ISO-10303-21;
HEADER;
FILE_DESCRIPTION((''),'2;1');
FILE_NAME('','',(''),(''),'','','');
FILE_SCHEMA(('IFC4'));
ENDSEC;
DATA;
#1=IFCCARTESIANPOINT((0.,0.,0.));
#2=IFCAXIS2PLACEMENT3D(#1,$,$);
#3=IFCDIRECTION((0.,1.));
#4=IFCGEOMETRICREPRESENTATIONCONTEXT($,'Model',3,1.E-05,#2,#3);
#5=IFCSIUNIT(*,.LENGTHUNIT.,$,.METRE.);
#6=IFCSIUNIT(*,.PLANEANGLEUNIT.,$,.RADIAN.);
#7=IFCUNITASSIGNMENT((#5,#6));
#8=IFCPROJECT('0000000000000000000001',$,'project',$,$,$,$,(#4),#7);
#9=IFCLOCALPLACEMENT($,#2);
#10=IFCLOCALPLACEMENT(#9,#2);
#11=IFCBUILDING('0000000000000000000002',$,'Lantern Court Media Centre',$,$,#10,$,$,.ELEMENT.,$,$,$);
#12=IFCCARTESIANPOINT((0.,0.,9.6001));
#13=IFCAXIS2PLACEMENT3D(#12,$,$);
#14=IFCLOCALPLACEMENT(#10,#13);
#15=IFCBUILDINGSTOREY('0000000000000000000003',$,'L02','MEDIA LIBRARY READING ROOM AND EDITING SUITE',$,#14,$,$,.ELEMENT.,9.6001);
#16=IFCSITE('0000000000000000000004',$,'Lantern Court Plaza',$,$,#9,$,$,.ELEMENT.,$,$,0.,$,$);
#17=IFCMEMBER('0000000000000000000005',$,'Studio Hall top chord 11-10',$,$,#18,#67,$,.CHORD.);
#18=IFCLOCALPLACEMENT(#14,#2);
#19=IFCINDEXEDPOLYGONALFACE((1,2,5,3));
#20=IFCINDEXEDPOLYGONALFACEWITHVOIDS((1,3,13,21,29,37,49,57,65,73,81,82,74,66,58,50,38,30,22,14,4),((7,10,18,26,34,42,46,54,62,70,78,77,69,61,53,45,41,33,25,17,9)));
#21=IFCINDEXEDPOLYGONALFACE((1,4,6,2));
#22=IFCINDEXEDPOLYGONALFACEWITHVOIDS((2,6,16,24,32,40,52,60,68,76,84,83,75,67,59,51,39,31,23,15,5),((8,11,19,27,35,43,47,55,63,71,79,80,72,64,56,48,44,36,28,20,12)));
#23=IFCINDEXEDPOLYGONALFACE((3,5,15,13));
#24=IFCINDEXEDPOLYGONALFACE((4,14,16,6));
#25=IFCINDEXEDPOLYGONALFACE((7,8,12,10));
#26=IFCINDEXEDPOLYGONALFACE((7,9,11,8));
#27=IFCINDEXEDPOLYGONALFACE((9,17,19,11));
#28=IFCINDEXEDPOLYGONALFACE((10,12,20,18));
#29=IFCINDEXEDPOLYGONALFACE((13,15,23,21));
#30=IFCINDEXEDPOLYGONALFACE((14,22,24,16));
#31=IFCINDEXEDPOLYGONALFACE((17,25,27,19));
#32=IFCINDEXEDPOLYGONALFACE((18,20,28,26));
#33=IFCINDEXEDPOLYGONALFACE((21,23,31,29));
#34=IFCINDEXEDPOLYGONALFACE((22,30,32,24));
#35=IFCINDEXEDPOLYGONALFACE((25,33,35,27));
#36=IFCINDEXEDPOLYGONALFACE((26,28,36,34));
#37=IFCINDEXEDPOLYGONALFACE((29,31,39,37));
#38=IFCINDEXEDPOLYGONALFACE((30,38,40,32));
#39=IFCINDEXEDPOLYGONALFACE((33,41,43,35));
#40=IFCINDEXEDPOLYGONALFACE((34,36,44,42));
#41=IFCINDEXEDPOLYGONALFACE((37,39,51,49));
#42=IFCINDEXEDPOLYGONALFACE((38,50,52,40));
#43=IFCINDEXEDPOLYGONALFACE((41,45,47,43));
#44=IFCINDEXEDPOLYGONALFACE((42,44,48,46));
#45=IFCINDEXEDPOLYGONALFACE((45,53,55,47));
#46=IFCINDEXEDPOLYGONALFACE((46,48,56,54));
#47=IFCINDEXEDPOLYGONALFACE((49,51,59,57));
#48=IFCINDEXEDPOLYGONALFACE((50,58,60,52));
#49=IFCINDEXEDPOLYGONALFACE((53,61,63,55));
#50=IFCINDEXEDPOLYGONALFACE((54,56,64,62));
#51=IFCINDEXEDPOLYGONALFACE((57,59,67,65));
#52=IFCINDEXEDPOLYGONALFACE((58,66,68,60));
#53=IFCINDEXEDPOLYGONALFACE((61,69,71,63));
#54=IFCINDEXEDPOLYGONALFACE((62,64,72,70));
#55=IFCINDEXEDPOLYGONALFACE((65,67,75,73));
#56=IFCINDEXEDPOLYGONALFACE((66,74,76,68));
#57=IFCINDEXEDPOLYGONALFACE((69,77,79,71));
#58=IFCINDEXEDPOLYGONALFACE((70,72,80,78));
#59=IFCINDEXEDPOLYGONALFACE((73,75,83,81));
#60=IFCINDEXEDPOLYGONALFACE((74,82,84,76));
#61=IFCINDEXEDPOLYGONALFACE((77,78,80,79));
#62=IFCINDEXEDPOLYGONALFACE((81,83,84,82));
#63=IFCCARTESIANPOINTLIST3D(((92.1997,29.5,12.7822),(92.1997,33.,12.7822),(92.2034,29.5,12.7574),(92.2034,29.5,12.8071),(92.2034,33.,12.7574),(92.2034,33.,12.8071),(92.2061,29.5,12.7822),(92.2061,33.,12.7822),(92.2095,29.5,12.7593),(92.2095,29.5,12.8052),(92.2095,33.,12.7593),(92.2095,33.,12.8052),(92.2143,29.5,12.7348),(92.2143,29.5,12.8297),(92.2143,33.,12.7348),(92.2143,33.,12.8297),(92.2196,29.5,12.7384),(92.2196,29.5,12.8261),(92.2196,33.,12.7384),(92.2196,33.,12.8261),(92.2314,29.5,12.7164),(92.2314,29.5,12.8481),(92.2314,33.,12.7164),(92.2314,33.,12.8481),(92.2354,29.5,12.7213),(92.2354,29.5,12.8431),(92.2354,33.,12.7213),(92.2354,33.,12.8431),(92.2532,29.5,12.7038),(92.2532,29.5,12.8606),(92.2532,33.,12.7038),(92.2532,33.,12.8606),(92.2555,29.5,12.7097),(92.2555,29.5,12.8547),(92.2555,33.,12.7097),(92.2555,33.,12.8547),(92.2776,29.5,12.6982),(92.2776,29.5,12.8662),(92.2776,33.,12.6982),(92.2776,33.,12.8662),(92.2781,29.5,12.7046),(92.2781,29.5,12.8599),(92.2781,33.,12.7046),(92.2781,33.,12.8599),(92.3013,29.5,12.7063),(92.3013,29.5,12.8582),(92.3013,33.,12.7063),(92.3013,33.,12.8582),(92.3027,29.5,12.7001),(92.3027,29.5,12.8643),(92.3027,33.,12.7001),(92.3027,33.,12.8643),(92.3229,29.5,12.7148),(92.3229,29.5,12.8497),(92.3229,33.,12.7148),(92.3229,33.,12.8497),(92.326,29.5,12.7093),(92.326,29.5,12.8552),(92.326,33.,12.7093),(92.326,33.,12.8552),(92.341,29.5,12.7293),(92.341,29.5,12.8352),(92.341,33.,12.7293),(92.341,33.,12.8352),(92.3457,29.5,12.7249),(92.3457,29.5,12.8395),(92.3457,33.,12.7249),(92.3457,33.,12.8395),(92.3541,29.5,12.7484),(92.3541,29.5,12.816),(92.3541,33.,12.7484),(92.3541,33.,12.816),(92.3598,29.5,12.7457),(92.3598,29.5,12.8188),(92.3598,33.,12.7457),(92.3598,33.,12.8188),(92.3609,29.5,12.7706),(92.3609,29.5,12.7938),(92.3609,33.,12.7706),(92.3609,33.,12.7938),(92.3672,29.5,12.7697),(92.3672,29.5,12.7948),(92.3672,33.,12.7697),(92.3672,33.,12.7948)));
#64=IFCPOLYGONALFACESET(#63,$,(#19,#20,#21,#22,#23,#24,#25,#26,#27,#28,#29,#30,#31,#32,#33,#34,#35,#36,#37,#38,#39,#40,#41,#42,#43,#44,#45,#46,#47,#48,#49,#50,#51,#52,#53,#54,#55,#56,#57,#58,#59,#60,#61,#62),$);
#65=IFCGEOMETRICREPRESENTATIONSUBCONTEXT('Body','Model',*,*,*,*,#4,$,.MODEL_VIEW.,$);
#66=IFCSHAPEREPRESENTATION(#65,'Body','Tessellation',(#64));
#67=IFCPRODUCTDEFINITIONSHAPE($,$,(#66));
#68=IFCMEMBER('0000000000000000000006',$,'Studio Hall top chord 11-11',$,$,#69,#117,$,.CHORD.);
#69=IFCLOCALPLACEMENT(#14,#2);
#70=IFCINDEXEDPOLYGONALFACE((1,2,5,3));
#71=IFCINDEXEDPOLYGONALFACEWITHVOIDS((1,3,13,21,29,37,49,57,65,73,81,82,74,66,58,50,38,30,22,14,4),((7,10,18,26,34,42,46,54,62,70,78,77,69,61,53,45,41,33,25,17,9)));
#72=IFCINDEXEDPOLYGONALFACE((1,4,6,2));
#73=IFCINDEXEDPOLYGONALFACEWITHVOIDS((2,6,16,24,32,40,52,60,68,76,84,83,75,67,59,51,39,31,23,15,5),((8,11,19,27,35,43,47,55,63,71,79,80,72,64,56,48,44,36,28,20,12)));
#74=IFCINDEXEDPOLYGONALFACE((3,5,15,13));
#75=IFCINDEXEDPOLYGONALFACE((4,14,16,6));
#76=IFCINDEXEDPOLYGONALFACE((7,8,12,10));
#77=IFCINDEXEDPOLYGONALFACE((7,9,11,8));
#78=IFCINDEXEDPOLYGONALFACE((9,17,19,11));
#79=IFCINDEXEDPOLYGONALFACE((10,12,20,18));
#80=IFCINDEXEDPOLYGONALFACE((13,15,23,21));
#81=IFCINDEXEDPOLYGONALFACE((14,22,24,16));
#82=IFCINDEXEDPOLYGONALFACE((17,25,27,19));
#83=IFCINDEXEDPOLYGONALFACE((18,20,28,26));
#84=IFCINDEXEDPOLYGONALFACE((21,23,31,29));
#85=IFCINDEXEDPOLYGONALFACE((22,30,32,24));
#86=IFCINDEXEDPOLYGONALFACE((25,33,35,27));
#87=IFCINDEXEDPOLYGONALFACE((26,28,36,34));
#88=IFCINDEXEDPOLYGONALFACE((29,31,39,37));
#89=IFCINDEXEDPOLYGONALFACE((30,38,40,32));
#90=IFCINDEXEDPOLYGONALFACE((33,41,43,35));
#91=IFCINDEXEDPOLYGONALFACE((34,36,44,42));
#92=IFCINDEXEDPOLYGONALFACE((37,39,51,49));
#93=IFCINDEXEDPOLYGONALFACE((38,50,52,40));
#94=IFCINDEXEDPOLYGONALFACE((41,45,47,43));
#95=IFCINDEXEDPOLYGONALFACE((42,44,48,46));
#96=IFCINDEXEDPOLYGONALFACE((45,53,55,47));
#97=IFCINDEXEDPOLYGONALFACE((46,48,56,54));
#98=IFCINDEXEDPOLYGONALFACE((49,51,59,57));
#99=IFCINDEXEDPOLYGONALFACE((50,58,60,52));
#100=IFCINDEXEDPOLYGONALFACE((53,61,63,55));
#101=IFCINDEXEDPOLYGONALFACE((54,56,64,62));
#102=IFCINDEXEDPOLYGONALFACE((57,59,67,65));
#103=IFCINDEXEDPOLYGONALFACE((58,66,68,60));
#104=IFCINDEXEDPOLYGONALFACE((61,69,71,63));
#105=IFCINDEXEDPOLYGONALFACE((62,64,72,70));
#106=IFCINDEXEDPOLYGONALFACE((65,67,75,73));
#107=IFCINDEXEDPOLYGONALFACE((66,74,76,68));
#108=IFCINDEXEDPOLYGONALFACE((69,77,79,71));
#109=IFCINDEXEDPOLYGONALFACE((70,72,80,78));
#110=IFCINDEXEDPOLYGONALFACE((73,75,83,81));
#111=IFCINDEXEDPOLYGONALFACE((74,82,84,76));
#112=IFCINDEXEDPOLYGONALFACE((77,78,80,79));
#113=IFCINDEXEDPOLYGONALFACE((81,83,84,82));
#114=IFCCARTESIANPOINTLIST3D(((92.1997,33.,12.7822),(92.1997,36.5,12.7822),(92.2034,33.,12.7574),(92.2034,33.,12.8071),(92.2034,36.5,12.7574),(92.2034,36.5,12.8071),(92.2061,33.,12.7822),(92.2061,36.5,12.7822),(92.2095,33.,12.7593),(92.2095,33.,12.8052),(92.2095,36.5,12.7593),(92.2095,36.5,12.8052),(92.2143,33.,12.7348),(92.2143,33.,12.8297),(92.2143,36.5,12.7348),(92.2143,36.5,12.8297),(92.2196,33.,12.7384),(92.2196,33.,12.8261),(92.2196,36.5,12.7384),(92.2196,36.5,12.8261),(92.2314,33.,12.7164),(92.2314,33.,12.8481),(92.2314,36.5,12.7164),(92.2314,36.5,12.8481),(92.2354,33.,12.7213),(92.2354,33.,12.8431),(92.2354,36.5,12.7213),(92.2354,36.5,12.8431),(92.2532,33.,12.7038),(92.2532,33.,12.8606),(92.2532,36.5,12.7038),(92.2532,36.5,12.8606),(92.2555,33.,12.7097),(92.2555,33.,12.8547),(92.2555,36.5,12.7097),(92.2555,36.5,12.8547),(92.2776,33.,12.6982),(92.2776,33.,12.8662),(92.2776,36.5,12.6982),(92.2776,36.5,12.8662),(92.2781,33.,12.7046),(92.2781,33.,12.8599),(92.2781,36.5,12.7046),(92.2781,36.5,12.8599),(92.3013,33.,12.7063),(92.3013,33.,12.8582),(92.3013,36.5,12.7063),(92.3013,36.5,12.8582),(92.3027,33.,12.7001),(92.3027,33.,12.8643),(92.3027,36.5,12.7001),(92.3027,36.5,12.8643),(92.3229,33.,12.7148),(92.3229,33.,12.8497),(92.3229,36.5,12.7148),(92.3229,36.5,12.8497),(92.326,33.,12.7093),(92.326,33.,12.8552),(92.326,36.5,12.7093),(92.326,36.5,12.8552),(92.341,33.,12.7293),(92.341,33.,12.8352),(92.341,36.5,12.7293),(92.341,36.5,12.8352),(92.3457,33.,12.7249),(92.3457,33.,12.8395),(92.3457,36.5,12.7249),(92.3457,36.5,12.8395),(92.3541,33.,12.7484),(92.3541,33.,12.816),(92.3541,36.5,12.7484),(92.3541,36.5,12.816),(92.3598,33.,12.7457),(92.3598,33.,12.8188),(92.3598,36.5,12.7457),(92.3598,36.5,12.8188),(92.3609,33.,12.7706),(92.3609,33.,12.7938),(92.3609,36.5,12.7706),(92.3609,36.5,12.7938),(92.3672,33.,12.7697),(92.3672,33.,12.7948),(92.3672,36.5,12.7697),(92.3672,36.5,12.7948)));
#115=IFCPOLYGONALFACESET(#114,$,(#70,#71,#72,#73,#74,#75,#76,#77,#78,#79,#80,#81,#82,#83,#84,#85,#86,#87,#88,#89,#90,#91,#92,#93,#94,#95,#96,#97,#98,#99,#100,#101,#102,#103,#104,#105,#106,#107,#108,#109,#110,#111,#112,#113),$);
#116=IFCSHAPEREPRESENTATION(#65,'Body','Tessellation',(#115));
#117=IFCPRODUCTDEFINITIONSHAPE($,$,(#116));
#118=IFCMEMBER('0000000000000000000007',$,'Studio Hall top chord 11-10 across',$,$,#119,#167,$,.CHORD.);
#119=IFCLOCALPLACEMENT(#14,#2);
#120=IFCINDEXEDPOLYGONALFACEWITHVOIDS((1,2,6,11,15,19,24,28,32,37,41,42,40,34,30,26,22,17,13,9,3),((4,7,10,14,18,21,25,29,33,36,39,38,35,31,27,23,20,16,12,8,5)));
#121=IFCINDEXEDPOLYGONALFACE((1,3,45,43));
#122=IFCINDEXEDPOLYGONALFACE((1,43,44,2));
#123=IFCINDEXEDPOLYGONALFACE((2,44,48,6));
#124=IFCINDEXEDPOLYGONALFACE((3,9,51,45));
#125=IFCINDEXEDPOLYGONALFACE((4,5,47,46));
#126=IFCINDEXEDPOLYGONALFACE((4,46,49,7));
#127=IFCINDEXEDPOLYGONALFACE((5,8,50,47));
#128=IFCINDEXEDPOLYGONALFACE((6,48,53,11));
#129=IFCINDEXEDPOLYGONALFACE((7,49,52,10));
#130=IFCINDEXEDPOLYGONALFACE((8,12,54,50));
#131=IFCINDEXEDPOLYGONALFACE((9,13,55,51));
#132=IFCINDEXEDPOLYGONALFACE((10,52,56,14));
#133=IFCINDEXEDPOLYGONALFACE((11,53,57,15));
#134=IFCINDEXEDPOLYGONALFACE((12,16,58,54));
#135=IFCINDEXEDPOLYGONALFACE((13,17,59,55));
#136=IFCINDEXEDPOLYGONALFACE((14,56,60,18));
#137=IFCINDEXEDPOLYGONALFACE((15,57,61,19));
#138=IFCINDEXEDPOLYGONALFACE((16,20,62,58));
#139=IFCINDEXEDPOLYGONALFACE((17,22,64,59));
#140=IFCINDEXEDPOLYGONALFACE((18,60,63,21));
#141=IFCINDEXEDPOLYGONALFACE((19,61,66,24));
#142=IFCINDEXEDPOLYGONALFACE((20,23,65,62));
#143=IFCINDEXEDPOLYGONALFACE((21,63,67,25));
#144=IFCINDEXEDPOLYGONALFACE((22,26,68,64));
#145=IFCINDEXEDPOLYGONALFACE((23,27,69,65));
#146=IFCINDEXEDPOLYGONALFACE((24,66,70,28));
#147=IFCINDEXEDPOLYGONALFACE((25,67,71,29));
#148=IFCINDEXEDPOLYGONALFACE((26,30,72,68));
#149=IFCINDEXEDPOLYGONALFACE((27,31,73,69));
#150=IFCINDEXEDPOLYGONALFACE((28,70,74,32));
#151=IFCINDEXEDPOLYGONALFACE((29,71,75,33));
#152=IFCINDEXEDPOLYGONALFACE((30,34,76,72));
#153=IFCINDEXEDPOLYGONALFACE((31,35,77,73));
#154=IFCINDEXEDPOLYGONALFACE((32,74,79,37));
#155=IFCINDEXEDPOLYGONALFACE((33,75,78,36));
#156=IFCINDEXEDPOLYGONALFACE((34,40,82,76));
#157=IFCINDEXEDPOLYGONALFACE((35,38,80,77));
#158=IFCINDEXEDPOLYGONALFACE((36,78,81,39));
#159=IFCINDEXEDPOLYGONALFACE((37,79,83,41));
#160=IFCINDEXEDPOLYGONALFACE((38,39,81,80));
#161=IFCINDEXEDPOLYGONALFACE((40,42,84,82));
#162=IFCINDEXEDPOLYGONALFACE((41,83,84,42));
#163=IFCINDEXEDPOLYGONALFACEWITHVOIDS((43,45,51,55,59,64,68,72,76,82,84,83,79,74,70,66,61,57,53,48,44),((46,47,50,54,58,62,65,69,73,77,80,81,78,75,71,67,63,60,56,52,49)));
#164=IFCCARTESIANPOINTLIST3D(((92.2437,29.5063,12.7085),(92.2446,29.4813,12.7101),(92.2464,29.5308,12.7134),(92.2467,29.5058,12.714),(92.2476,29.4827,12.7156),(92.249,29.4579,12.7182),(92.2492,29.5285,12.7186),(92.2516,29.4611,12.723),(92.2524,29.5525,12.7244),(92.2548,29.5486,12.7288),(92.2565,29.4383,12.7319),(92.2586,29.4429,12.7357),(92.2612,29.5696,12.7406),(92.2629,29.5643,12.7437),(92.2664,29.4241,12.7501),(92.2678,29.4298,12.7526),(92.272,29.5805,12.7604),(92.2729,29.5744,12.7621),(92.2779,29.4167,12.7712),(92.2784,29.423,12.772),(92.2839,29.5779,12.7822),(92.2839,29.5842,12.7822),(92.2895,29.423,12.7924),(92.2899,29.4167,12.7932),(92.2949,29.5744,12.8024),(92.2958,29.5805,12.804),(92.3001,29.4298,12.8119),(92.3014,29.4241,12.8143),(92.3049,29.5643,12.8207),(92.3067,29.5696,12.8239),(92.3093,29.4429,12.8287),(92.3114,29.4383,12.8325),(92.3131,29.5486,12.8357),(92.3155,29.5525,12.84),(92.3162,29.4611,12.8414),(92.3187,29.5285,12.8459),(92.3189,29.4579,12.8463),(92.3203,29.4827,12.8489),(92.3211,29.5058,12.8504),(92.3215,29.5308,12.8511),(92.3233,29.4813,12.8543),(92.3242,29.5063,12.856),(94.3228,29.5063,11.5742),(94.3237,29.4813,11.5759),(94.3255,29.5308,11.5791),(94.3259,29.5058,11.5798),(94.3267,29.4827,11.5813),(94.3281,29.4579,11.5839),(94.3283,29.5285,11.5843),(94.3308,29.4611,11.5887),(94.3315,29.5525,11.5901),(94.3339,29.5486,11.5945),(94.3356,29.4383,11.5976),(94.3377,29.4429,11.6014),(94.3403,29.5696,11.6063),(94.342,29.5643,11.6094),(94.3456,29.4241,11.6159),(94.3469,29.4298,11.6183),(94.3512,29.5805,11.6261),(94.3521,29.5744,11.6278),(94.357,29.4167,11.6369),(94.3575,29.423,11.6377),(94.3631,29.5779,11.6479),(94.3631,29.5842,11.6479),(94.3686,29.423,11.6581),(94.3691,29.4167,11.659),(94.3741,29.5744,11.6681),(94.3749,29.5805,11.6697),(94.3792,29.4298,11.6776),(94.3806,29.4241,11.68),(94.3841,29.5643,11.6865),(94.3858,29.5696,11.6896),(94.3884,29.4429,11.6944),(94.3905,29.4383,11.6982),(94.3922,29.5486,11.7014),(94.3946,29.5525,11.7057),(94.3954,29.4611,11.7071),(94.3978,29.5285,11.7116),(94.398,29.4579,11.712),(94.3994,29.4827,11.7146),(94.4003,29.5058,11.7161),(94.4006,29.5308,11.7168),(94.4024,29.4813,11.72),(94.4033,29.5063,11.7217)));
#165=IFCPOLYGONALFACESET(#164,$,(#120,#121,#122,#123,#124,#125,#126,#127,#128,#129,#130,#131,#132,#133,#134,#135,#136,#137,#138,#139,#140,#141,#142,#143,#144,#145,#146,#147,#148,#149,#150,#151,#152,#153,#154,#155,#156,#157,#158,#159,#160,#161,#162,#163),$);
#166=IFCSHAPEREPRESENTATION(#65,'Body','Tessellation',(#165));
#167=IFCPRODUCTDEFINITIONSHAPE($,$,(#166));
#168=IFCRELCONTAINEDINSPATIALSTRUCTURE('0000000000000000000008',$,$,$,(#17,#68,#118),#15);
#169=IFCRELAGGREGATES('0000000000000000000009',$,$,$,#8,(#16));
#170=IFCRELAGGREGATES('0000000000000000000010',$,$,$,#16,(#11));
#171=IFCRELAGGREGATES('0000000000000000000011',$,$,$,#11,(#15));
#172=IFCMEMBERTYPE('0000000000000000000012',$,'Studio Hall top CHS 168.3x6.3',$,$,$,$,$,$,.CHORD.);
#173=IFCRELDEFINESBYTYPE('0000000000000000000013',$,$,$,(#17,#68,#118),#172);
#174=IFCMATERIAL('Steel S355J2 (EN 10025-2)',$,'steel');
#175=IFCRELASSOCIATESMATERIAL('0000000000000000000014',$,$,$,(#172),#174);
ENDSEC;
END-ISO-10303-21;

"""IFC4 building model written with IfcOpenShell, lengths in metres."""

from ifc_helpers import new_model, si_unit, direction, frame, origin, origin_2d, place, context, subcontext, project, spatial, hollow_circle, extrude, material, material_profile, profile_set, type_object, element, save


model = new_model("IFC4")

# Units and contexts
model_context = context("Model", 3, precision=1e-05, world=origin(), true_north=direction((0.0, 1.0)))
body_context = subcontext(model_context, "Body", "Model", "MODEL_VIEW")
ifc_project = project(units=[si_unit("LENGTHUNIT", "METRE"), si_unit("PLANEANGLEUNIT", "RADIAN")], contexts=[model_context])

# Site, building, storey
site_placement = place(None, origin())
site = spatial("IfcSite", under=ifc_project, at=site_placement, Name="Lantern Court Plaza", CompositionType="ELEMENT", RefElevation=0.0)
building_placement = place(site_placement, origin())
building = spatial("IfcBuilding", under=site, at=building_placement, Name="Lantern Court Media Centre", CompositionType="ELEMENT")
storey_placement = place(building_placement, frame((0.0, 0.0, 9.6001)))
storey = spatial("IfcBuildingStorey", under=building, at=storey_placement, Name="L02", Description="MEDIA LIBRARY READING ROOM AND EDITING SUITE", CompositionType="ELEMENT", Elevation=9.6001)

# Members
ifc_material = material(Name="Steel S355J2 (EN 10025-2)", Category="steel")
ifc_material_profile_1 = material_profile(ifc_material, hollow_circle(Radius=0.0842, WallThickness=0.0063, at=origin_2d()), Name="Studio Hall top CHS 168.3x6.3")
ifc_profile_set_1 = profile_set([ifc_material_profile_1], Name="Steel S355J2 (EN 10025-2)")
member_type_1 = type_object("IfcMemberType", Name="Studio Hall top CHS 168.3x6.3", PredefinedType="CHORD", material=ifc_profile_set_1)
for number, where, z_axis, x_axis, name in (
    (1, (92.2839, 29.5, 12.7822), (0.0, 1.0, 0.0), (-1.0, 0.0, 0.0), "Studio Hall top chord 11-10"),
    (2, (92.2839, 33.0, 12.7822), (0.0, 1.0, 0.0), (-1.0, 0.0, 0.0), "Studio Hall top chord 11-11"),
):
    element("IfcMember", number, at=place(storey_placement, frame(where, z_axis=z_axis, x_axis=x_axis)), inside=storey, type_object=member_type_1, Name=name, PredefinedType="CHORD", context=body_context, shape_type="SweptSolid", body=[
        extrude(hollow_circle(Radius=0.0842, WallThickness=0.0063, at=origin_2d()), origin(), (0.0, 0.0, 1.0), 3.5),
    ])
for number, where, z_axis, x_axis, name in (
    (3, (92.2839, 29.5, 12.7822), (0.877856, 0.0, -0.478924), (0.0, 1.0, 0.0), "Studio Hall top chord 11-10 across"),
):
    element("IfcMember", number, at=place(storey_placement, frame(where, z_axis=z_axis, x_axis=x_axis)), inside=storey, type_object=member_type_1, Name=name, PredefinedType="CHORD", context=body_context, shape_type="SweptSolid", body=[
        extrude(hollow_circle(Radius=0.0842, WallThickness=0.0063, at=origin_2d()), origin(), (0.0, 0.0, 1.0), 2.3684),
    ])

save(model, "model.ifc")
